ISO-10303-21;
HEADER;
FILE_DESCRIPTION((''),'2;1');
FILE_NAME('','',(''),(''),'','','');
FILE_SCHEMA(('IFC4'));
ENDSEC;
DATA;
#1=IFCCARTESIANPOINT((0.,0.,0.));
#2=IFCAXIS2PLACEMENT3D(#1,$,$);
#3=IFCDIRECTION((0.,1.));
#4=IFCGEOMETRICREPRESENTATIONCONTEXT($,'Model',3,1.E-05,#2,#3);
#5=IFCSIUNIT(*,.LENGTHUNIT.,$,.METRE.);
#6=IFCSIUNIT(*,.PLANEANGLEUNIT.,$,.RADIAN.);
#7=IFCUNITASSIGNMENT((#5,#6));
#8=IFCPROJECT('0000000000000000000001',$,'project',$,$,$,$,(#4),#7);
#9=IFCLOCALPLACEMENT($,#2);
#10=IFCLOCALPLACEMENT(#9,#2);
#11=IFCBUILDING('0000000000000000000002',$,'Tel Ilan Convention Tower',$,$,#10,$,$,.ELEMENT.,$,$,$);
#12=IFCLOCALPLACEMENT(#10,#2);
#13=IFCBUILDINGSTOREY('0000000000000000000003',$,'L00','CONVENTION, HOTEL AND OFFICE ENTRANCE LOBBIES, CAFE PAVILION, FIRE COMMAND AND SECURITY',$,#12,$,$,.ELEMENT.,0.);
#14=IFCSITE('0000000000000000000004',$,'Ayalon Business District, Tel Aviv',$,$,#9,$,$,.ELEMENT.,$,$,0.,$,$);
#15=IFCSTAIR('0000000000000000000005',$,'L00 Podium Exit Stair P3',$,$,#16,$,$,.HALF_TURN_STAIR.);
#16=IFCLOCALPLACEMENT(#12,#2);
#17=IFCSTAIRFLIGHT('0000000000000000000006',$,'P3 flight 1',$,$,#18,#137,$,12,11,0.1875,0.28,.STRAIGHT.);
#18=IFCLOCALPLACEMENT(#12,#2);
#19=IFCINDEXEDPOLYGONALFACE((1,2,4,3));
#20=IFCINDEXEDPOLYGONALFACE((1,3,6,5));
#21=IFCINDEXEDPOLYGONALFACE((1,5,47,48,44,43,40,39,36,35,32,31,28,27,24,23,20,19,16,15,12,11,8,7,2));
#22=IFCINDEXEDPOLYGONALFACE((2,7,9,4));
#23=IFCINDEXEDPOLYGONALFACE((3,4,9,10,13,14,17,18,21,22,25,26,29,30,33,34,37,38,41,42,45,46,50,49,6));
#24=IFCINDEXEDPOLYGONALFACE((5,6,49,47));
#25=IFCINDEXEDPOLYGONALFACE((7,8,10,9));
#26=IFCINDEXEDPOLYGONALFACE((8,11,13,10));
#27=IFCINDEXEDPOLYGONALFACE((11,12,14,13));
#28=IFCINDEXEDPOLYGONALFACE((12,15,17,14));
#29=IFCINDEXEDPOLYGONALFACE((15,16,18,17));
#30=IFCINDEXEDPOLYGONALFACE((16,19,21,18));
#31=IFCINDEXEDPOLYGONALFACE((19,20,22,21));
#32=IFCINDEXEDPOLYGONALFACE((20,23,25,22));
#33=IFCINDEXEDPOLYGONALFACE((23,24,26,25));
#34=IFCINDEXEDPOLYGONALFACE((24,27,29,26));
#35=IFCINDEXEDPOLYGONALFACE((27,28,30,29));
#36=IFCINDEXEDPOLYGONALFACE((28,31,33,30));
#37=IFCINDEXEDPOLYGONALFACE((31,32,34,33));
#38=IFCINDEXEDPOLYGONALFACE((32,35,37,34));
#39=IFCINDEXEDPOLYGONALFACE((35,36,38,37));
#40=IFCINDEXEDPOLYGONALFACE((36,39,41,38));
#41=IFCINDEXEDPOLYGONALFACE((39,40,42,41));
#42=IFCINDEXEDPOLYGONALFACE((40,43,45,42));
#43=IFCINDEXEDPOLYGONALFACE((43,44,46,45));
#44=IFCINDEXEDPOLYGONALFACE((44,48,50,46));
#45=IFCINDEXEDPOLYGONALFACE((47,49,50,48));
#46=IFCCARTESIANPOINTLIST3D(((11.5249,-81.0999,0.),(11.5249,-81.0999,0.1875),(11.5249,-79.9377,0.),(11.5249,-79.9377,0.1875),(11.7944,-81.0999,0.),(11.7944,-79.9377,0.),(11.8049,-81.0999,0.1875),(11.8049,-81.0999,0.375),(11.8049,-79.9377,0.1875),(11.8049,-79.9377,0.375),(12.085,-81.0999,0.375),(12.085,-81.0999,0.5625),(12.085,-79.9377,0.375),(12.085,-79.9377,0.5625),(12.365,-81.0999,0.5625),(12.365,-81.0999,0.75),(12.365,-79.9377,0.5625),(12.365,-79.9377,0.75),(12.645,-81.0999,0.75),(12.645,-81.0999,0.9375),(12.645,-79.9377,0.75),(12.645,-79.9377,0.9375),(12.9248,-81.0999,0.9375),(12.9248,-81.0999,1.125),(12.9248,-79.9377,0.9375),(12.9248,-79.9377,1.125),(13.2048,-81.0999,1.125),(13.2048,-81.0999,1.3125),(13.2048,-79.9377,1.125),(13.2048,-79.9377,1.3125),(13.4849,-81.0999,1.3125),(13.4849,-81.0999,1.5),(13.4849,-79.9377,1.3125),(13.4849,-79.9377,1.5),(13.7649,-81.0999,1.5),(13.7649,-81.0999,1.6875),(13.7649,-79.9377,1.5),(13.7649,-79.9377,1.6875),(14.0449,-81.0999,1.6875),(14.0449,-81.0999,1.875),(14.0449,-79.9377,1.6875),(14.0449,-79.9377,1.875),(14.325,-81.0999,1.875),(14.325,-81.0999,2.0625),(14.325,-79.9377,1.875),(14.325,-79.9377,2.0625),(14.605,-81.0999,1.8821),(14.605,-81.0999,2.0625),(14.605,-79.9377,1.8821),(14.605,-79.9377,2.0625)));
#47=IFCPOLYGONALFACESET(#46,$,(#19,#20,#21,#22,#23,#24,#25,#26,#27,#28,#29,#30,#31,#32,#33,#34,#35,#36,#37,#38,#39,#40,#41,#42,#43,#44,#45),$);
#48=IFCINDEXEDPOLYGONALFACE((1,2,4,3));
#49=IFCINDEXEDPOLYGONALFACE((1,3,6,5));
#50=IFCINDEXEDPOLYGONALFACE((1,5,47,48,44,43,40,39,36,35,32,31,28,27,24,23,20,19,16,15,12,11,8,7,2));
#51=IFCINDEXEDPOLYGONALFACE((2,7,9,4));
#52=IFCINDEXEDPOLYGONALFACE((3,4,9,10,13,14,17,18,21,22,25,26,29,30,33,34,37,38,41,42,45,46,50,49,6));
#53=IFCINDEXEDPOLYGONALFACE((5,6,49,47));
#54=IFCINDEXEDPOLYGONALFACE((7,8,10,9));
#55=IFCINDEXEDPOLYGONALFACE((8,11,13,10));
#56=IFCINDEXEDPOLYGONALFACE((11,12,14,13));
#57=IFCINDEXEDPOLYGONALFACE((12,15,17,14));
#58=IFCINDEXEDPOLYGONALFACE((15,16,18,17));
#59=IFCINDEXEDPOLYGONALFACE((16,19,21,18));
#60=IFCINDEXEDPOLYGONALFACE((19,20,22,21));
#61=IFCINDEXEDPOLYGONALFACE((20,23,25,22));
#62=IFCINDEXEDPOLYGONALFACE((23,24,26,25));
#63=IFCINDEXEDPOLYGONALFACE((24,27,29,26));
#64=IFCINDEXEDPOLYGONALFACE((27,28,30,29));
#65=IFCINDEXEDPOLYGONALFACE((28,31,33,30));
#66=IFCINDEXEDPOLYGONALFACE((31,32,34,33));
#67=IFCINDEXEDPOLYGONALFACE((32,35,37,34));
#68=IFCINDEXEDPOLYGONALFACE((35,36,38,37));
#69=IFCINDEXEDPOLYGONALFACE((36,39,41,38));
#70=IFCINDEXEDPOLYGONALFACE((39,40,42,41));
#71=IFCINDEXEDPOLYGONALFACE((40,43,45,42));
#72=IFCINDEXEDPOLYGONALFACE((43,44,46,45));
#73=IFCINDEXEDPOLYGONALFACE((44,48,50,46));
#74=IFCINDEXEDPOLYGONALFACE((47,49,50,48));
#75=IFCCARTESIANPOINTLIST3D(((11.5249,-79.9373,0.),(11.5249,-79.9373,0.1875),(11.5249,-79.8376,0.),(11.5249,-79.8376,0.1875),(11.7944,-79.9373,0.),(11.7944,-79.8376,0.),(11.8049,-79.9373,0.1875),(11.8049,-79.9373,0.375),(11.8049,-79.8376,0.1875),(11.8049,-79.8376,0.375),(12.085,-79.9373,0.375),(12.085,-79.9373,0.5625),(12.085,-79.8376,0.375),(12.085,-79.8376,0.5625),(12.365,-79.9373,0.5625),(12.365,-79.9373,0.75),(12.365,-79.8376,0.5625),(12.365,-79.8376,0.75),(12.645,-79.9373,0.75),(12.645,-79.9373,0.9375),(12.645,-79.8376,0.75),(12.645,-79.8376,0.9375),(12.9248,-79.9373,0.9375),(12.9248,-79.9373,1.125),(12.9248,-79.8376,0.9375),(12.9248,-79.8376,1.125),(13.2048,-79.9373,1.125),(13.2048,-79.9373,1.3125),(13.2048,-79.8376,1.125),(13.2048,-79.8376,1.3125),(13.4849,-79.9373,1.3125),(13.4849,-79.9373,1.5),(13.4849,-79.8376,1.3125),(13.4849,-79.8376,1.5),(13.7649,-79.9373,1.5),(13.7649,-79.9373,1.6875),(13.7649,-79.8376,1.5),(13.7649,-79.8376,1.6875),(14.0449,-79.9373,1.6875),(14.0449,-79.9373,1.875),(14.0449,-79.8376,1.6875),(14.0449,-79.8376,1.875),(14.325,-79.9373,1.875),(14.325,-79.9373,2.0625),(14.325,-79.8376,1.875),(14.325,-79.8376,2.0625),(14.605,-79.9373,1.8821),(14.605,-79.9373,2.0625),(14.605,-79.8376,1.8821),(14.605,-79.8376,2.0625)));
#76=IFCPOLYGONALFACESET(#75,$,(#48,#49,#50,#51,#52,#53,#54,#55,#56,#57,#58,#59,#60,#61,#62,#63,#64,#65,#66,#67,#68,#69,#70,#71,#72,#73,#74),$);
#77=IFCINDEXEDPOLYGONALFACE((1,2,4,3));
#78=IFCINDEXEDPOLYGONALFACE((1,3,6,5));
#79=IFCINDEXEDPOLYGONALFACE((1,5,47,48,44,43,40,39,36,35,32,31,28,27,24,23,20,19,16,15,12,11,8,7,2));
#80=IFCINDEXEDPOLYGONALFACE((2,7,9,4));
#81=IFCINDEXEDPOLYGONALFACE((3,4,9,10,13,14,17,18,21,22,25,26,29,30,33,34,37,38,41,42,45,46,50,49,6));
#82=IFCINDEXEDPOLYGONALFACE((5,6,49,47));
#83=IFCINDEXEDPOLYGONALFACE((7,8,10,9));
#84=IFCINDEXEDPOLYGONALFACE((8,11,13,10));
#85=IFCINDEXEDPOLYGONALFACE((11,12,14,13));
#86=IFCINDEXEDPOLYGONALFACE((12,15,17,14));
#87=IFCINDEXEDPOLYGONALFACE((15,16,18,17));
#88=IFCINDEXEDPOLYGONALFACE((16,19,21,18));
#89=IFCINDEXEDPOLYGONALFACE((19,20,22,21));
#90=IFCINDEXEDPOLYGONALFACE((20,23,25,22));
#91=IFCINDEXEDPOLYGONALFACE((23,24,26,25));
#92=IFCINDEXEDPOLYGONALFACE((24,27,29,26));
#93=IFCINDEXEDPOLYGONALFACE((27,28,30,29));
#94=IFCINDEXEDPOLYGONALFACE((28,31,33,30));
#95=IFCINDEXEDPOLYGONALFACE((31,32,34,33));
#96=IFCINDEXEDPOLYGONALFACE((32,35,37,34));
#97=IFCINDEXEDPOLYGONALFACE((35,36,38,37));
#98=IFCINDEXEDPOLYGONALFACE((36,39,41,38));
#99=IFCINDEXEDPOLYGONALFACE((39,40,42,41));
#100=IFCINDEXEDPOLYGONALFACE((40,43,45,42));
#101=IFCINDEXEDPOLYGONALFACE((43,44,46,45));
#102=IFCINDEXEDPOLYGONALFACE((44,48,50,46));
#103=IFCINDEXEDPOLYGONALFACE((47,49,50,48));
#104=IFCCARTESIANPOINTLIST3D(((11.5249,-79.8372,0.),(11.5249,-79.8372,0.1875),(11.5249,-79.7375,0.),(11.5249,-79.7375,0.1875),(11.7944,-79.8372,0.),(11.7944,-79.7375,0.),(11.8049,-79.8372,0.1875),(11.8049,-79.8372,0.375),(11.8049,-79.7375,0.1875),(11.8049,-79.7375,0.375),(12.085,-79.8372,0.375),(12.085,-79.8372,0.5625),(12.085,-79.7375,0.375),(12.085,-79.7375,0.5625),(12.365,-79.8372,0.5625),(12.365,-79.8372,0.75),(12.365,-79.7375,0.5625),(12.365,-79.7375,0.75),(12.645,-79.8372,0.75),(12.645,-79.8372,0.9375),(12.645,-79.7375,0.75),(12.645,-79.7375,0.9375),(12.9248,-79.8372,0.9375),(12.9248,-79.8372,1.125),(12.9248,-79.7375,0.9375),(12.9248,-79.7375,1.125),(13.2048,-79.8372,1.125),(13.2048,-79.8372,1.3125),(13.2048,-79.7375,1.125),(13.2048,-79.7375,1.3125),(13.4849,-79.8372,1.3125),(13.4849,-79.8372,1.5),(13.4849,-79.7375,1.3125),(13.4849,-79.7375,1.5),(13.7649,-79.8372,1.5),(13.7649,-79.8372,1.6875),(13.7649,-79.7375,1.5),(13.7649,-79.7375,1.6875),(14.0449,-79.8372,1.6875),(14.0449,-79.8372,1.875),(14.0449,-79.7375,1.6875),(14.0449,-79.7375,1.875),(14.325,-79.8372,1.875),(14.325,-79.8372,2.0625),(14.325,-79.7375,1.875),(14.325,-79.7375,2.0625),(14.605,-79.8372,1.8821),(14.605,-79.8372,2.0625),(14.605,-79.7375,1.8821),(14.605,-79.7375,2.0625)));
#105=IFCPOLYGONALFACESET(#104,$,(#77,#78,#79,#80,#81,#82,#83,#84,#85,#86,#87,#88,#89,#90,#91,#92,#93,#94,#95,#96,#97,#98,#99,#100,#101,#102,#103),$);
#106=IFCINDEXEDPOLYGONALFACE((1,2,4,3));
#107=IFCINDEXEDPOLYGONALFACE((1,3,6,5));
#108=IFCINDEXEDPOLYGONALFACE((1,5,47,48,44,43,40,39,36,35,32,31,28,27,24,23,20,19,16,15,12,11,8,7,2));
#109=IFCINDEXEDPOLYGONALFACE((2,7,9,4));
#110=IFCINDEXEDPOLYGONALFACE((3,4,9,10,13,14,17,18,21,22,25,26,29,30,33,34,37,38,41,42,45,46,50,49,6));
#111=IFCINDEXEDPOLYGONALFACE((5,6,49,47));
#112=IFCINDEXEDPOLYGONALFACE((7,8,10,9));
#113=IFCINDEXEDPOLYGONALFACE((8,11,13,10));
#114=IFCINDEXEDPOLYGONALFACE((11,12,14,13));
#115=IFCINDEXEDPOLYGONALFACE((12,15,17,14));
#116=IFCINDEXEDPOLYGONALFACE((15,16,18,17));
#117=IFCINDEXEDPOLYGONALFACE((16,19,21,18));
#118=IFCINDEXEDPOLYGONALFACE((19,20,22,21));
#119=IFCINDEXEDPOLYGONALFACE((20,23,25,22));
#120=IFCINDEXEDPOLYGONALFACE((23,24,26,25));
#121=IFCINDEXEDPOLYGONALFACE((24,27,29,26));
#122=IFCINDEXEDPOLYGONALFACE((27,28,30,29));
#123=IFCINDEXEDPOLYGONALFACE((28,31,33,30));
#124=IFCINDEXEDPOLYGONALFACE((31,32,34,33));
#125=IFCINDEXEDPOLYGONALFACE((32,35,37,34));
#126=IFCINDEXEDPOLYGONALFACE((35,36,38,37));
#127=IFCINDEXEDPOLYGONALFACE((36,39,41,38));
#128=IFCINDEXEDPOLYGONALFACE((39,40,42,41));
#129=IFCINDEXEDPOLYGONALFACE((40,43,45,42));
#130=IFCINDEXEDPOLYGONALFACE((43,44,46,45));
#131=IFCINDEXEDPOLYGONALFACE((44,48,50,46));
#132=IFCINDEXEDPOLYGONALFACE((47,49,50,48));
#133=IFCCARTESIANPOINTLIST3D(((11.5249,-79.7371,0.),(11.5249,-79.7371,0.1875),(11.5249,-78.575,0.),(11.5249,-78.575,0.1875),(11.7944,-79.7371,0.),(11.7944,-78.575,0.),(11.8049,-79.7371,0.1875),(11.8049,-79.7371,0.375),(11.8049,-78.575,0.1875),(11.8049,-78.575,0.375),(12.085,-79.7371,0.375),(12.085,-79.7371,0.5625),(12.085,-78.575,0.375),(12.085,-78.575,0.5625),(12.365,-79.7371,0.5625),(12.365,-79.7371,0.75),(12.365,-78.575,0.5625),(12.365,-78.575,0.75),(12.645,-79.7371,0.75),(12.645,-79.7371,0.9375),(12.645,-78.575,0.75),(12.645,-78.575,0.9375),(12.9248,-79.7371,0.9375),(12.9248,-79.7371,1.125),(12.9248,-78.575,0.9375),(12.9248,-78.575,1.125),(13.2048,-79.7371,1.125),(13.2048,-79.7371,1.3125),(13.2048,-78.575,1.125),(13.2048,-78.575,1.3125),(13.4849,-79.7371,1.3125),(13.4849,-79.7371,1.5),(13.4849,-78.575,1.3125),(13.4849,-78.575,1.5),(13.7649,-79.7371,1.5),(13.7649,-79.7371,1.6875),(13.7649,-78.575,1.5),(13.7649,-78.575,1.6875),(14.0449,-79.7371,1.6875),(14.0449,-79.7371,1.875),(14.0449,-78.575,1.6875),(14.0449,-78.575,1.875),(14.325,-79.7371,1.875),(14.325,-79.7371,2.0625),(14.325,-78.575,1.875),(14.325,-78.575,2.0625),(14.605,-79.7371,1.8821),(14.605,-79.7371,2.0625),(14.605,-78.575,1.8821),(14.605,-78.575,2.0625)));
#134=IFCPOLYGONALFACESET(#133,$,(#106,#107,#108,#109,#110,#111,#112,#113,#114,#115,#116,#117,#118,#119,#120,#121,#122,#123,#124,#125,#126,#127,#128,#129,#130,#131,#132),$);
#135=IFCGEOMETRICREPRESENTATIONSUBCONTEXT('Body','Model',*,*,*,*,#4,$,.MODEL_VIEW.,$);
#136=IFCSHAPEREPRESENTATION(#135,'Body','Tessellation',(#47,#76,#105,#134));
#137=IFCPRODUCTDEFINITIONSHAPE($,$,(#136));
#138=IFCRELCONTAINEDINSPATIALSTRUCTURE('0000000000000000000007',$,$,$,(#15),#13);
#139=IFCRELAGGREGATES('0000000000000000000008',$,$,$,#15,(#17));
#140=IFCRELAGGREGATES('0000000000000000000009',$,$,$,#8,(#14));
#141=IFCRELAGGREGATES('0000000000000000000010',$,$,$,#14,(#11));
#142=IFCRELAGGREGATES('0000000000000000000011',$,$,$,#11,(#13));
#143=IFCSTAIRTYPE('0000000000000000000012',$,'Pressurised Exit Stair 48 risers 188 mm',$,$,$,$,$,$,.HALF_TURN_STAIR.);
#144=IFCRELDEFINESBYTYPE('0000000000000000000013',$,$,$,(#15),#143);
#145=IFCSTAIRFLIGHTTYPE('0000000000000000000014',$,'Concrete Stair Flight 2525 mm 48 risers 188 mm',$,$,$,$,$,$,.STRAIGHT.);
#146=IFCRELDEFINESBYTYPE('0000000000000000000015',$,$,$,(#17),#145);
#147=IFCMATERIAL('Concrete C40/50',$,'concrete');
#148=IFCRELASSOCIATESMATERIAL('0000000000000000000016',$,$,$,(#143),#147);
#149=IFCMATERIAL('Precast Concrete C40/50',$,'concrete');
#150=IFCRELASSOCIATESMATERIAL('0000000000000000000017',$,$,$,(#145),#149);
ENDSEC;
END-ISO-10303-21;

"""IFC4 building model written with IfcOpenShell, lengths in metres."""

from ifc_helpers import new_model, si_unit, direction, frame, origin, place, context, subcontext, project, spatial, polyline, outline, extrude, material, type_object, element, aggregate, save


model = new_model("IFC4")

# Units and contexts
model_context = context("Model", 3, precision=1e-05, world=origin(), true_north=direction((0.0, 1.0)))
body_context = subcontext(model_context, "Body", "Model", "MODEL_VIEW")
ifc_project = project(units=[si_unit("LENGTHUNIT", "METRE"), si_unit("PLANEANGLEUNIT", "RADIAN")], contexts=[model_context])

# Site, building, storey
site_placement = place(None, origin())
site = spatial("IfcSite", under=ifc_project, at=site_placement, Name="Ayalon Business District, Tel Aviv", CompositionType="ELEMENT", RefElevation=0.0)
building_placement = place(site_placement, origin())
building = spatial("IfcBuilding", under=site, at=building_placement, Name="Tel Ilan Convention Tower", CompositionType="ELEMENT")
storey_placement = place(building_placement, origin())
storey = spatial("IfcBuildingStorey", under=building, at=storey_placement, Name="L00", Description="CONVENTION, HOTEL AND OFFICE ENTRANCE LOBBIES, CAFE PAVILION, FIRE COMMAND AND SECURITY", CompositionType="ELEMENT", Elevation=0.0)

# Stair, stair flight
ifc_material_1 = material(Name="Concrete C40/50", Category="concrete")
stair_type = type_object("IfcStairType", Name="Pressurised Exit Stair 48 risers 188 mm", PredefinedType="HALF_TURN_STAIR", material=ifc_material_1)
stair_placement = place(storey_placement, origin())
stair = element("IfcStair", 1, at=stair_placement, inside=storey, type_object=stair_type, Name="L00 Podium Exit Stair P3", PredefinedType="HALF_TURN_STAIR")
ifc_material_2 = material(Name="Precast Concrete C40/50", Category="concrete")
stair_flight_type = type_object("IfcStairFlightType", Name="Concrete Stair Flight 2525 mm 48 risers 188 mm", PredefinedType="STRAIGHT", material=ifc_material_2)
stair_flight_1_placement = place(storey_placement, frame((11.5249, -79.8374, 0.0), z_axis=(0.0, 0.0, 1.0), x_axis=(1.0, 0.0, 0.0)))
stair_flight_1 = element("IfcStairFlight", 2, at=stair_flight_1_placement, type_object=stair_flight_type, Name="P3 flight 1", NumberOfRisers=12, NumberOfTreads=11, PredefinedType="STRAIGHT", RiserHeight=0.1875, TreadLength=0.28, context=body_context, shape_type="SweptSolid", body=[
    extrude(outline(polyline([(0.0, 0.0), (0.0, 0.1875), (0.28, 0.1875), (0.28, 0.375), (0.5601, 0.375), (0.5601, 0.5625), (0.8401, 0.5625), (0.8401, 0.75), (1.1201, 0.75), (1.1201, 0.9375), (1.3999, 0.9375), (1.3999, 1.125), (1.6799, 1.125), (1.6799, 1.3125), (1.96, 1.3125), (1.96, 1.5), (2.24, 1.5), (2.24, 1.6875), (2.52, 1.6875), (2.52, 1.875), (2.8, 1.875), (2.8, 2.0625), (3.0801, 2.0625), (3.0801, 2.25), (3.0801, 1.8821), (0.2695, 0.0), (0.0, 0.0)])), frame((0.0, -0.1003, 0.0), z_axis=(0.0, -1.0, 0.0), x_axis=(1.0, 0.0, 0.0)), (0.0, 0.0, 1.0), 1.1621),
    extrude(outline(polyline([(0.0, 0.0), (0.0, 0.1875), (0.28, 0.1875), (0.28, 0.375), (0.5601, 0.375), (0.5601, 0.5625), (0.8401, 0.5625), (0.8401, 0.75), (1.1201, 0.75), (1.1201, 0.9375), (1.3999, 0.9375), (1.3999, 1.125), (1.6799, 1.125), (1.6799, 1.3125), (1.96, 1.3125), (1.96, 1.5), (2.24, 1.5), (2.24, 1.6875), (2.52, 1.6875), (2.52, 1.875), (2.8, 1.875), (2.8, 2.0625), (3.0801, 2.0625), (3.0801, 2.25), (3.0801, 1.8821), (0.2695, 0.0), (0.0, 0.0)])), frame((0.0, -0.0002, 0.0), z_axis=(0.0, -1.0, 0.0), x_axis=(1.0, 0.0, 0.0)), (0.0, 0.0, 1.0), 0.0996),
    extrude(outline(polyline([(0.0, 0.0), (0.0, 0.1875), (0.28, 0.1875), (0.28, 0.375), (0.5601, 0.375), (0.5601, 0.5625), (0.8401, 0.5625), (0.8401, 0.75), (1.1201, 0.75), (1.1201, 0.9375), (1.3999, 0.9375), (1.3999, 1.125), (1.6799, 1.125), (1.6799, 1.3125), (1.96, 1.3125), (1.96, 1.5), (2.24, 1.5), (2.24, 1.6875), (2.52, 1.6875), (2.52, 1.875), (2.8, 1.875), (2.8, 2.0625), (3.0801, 2.0625), (3.0801, 2.25), (3.0801, 1.8821), (0.2695, 0.0), (0.0, 0.0)])), frame((0.0, 0.0999, 0.0), z_axis=(0.0, -1.0, 0.0), x_axis=(1.0, 0.0, 0.0)), (0.0, 0.0, 1.0), 0.0996),
    extrude(outline(polyline([(0.0, 0.0), (0.0, 0.1875), (0.28, 0.1875), (0.28, 0.375), (0.5601, 0.375), (0.5601, 0.5625), (0.8401, 0.5625), (0.8401, 0.75), (1.1201, 0.75), (1.1201, 0.9375), (1.3999, 0.9375), (1.3999, 1.125), (1.6799, 1.125), (1.6799, 1.3125), (1.96, 1.3125), (1.96, 1.5), (2.24, 1.5), (2.24, 1.6875), (2.52, 1.6875), (2.52, 1.875), (2.8, 1.875), (2.8, 2.0625), (3.0801, 2.0625), (3.0801, 2.25), (3.0801, 1.8821), (0.2695, 0.0), (0.0, 0.0)])), frame((0.0, 1.2625, 0.0), z_axis=(0.0, -1.0, 0.0), x_axis=(1.0, 0.0, 0.0)), (0.0, 0.0, 1.0), 1.1621),
])
aggregate(stair, [stair_flight_1])

save(model, "model.ifc")
